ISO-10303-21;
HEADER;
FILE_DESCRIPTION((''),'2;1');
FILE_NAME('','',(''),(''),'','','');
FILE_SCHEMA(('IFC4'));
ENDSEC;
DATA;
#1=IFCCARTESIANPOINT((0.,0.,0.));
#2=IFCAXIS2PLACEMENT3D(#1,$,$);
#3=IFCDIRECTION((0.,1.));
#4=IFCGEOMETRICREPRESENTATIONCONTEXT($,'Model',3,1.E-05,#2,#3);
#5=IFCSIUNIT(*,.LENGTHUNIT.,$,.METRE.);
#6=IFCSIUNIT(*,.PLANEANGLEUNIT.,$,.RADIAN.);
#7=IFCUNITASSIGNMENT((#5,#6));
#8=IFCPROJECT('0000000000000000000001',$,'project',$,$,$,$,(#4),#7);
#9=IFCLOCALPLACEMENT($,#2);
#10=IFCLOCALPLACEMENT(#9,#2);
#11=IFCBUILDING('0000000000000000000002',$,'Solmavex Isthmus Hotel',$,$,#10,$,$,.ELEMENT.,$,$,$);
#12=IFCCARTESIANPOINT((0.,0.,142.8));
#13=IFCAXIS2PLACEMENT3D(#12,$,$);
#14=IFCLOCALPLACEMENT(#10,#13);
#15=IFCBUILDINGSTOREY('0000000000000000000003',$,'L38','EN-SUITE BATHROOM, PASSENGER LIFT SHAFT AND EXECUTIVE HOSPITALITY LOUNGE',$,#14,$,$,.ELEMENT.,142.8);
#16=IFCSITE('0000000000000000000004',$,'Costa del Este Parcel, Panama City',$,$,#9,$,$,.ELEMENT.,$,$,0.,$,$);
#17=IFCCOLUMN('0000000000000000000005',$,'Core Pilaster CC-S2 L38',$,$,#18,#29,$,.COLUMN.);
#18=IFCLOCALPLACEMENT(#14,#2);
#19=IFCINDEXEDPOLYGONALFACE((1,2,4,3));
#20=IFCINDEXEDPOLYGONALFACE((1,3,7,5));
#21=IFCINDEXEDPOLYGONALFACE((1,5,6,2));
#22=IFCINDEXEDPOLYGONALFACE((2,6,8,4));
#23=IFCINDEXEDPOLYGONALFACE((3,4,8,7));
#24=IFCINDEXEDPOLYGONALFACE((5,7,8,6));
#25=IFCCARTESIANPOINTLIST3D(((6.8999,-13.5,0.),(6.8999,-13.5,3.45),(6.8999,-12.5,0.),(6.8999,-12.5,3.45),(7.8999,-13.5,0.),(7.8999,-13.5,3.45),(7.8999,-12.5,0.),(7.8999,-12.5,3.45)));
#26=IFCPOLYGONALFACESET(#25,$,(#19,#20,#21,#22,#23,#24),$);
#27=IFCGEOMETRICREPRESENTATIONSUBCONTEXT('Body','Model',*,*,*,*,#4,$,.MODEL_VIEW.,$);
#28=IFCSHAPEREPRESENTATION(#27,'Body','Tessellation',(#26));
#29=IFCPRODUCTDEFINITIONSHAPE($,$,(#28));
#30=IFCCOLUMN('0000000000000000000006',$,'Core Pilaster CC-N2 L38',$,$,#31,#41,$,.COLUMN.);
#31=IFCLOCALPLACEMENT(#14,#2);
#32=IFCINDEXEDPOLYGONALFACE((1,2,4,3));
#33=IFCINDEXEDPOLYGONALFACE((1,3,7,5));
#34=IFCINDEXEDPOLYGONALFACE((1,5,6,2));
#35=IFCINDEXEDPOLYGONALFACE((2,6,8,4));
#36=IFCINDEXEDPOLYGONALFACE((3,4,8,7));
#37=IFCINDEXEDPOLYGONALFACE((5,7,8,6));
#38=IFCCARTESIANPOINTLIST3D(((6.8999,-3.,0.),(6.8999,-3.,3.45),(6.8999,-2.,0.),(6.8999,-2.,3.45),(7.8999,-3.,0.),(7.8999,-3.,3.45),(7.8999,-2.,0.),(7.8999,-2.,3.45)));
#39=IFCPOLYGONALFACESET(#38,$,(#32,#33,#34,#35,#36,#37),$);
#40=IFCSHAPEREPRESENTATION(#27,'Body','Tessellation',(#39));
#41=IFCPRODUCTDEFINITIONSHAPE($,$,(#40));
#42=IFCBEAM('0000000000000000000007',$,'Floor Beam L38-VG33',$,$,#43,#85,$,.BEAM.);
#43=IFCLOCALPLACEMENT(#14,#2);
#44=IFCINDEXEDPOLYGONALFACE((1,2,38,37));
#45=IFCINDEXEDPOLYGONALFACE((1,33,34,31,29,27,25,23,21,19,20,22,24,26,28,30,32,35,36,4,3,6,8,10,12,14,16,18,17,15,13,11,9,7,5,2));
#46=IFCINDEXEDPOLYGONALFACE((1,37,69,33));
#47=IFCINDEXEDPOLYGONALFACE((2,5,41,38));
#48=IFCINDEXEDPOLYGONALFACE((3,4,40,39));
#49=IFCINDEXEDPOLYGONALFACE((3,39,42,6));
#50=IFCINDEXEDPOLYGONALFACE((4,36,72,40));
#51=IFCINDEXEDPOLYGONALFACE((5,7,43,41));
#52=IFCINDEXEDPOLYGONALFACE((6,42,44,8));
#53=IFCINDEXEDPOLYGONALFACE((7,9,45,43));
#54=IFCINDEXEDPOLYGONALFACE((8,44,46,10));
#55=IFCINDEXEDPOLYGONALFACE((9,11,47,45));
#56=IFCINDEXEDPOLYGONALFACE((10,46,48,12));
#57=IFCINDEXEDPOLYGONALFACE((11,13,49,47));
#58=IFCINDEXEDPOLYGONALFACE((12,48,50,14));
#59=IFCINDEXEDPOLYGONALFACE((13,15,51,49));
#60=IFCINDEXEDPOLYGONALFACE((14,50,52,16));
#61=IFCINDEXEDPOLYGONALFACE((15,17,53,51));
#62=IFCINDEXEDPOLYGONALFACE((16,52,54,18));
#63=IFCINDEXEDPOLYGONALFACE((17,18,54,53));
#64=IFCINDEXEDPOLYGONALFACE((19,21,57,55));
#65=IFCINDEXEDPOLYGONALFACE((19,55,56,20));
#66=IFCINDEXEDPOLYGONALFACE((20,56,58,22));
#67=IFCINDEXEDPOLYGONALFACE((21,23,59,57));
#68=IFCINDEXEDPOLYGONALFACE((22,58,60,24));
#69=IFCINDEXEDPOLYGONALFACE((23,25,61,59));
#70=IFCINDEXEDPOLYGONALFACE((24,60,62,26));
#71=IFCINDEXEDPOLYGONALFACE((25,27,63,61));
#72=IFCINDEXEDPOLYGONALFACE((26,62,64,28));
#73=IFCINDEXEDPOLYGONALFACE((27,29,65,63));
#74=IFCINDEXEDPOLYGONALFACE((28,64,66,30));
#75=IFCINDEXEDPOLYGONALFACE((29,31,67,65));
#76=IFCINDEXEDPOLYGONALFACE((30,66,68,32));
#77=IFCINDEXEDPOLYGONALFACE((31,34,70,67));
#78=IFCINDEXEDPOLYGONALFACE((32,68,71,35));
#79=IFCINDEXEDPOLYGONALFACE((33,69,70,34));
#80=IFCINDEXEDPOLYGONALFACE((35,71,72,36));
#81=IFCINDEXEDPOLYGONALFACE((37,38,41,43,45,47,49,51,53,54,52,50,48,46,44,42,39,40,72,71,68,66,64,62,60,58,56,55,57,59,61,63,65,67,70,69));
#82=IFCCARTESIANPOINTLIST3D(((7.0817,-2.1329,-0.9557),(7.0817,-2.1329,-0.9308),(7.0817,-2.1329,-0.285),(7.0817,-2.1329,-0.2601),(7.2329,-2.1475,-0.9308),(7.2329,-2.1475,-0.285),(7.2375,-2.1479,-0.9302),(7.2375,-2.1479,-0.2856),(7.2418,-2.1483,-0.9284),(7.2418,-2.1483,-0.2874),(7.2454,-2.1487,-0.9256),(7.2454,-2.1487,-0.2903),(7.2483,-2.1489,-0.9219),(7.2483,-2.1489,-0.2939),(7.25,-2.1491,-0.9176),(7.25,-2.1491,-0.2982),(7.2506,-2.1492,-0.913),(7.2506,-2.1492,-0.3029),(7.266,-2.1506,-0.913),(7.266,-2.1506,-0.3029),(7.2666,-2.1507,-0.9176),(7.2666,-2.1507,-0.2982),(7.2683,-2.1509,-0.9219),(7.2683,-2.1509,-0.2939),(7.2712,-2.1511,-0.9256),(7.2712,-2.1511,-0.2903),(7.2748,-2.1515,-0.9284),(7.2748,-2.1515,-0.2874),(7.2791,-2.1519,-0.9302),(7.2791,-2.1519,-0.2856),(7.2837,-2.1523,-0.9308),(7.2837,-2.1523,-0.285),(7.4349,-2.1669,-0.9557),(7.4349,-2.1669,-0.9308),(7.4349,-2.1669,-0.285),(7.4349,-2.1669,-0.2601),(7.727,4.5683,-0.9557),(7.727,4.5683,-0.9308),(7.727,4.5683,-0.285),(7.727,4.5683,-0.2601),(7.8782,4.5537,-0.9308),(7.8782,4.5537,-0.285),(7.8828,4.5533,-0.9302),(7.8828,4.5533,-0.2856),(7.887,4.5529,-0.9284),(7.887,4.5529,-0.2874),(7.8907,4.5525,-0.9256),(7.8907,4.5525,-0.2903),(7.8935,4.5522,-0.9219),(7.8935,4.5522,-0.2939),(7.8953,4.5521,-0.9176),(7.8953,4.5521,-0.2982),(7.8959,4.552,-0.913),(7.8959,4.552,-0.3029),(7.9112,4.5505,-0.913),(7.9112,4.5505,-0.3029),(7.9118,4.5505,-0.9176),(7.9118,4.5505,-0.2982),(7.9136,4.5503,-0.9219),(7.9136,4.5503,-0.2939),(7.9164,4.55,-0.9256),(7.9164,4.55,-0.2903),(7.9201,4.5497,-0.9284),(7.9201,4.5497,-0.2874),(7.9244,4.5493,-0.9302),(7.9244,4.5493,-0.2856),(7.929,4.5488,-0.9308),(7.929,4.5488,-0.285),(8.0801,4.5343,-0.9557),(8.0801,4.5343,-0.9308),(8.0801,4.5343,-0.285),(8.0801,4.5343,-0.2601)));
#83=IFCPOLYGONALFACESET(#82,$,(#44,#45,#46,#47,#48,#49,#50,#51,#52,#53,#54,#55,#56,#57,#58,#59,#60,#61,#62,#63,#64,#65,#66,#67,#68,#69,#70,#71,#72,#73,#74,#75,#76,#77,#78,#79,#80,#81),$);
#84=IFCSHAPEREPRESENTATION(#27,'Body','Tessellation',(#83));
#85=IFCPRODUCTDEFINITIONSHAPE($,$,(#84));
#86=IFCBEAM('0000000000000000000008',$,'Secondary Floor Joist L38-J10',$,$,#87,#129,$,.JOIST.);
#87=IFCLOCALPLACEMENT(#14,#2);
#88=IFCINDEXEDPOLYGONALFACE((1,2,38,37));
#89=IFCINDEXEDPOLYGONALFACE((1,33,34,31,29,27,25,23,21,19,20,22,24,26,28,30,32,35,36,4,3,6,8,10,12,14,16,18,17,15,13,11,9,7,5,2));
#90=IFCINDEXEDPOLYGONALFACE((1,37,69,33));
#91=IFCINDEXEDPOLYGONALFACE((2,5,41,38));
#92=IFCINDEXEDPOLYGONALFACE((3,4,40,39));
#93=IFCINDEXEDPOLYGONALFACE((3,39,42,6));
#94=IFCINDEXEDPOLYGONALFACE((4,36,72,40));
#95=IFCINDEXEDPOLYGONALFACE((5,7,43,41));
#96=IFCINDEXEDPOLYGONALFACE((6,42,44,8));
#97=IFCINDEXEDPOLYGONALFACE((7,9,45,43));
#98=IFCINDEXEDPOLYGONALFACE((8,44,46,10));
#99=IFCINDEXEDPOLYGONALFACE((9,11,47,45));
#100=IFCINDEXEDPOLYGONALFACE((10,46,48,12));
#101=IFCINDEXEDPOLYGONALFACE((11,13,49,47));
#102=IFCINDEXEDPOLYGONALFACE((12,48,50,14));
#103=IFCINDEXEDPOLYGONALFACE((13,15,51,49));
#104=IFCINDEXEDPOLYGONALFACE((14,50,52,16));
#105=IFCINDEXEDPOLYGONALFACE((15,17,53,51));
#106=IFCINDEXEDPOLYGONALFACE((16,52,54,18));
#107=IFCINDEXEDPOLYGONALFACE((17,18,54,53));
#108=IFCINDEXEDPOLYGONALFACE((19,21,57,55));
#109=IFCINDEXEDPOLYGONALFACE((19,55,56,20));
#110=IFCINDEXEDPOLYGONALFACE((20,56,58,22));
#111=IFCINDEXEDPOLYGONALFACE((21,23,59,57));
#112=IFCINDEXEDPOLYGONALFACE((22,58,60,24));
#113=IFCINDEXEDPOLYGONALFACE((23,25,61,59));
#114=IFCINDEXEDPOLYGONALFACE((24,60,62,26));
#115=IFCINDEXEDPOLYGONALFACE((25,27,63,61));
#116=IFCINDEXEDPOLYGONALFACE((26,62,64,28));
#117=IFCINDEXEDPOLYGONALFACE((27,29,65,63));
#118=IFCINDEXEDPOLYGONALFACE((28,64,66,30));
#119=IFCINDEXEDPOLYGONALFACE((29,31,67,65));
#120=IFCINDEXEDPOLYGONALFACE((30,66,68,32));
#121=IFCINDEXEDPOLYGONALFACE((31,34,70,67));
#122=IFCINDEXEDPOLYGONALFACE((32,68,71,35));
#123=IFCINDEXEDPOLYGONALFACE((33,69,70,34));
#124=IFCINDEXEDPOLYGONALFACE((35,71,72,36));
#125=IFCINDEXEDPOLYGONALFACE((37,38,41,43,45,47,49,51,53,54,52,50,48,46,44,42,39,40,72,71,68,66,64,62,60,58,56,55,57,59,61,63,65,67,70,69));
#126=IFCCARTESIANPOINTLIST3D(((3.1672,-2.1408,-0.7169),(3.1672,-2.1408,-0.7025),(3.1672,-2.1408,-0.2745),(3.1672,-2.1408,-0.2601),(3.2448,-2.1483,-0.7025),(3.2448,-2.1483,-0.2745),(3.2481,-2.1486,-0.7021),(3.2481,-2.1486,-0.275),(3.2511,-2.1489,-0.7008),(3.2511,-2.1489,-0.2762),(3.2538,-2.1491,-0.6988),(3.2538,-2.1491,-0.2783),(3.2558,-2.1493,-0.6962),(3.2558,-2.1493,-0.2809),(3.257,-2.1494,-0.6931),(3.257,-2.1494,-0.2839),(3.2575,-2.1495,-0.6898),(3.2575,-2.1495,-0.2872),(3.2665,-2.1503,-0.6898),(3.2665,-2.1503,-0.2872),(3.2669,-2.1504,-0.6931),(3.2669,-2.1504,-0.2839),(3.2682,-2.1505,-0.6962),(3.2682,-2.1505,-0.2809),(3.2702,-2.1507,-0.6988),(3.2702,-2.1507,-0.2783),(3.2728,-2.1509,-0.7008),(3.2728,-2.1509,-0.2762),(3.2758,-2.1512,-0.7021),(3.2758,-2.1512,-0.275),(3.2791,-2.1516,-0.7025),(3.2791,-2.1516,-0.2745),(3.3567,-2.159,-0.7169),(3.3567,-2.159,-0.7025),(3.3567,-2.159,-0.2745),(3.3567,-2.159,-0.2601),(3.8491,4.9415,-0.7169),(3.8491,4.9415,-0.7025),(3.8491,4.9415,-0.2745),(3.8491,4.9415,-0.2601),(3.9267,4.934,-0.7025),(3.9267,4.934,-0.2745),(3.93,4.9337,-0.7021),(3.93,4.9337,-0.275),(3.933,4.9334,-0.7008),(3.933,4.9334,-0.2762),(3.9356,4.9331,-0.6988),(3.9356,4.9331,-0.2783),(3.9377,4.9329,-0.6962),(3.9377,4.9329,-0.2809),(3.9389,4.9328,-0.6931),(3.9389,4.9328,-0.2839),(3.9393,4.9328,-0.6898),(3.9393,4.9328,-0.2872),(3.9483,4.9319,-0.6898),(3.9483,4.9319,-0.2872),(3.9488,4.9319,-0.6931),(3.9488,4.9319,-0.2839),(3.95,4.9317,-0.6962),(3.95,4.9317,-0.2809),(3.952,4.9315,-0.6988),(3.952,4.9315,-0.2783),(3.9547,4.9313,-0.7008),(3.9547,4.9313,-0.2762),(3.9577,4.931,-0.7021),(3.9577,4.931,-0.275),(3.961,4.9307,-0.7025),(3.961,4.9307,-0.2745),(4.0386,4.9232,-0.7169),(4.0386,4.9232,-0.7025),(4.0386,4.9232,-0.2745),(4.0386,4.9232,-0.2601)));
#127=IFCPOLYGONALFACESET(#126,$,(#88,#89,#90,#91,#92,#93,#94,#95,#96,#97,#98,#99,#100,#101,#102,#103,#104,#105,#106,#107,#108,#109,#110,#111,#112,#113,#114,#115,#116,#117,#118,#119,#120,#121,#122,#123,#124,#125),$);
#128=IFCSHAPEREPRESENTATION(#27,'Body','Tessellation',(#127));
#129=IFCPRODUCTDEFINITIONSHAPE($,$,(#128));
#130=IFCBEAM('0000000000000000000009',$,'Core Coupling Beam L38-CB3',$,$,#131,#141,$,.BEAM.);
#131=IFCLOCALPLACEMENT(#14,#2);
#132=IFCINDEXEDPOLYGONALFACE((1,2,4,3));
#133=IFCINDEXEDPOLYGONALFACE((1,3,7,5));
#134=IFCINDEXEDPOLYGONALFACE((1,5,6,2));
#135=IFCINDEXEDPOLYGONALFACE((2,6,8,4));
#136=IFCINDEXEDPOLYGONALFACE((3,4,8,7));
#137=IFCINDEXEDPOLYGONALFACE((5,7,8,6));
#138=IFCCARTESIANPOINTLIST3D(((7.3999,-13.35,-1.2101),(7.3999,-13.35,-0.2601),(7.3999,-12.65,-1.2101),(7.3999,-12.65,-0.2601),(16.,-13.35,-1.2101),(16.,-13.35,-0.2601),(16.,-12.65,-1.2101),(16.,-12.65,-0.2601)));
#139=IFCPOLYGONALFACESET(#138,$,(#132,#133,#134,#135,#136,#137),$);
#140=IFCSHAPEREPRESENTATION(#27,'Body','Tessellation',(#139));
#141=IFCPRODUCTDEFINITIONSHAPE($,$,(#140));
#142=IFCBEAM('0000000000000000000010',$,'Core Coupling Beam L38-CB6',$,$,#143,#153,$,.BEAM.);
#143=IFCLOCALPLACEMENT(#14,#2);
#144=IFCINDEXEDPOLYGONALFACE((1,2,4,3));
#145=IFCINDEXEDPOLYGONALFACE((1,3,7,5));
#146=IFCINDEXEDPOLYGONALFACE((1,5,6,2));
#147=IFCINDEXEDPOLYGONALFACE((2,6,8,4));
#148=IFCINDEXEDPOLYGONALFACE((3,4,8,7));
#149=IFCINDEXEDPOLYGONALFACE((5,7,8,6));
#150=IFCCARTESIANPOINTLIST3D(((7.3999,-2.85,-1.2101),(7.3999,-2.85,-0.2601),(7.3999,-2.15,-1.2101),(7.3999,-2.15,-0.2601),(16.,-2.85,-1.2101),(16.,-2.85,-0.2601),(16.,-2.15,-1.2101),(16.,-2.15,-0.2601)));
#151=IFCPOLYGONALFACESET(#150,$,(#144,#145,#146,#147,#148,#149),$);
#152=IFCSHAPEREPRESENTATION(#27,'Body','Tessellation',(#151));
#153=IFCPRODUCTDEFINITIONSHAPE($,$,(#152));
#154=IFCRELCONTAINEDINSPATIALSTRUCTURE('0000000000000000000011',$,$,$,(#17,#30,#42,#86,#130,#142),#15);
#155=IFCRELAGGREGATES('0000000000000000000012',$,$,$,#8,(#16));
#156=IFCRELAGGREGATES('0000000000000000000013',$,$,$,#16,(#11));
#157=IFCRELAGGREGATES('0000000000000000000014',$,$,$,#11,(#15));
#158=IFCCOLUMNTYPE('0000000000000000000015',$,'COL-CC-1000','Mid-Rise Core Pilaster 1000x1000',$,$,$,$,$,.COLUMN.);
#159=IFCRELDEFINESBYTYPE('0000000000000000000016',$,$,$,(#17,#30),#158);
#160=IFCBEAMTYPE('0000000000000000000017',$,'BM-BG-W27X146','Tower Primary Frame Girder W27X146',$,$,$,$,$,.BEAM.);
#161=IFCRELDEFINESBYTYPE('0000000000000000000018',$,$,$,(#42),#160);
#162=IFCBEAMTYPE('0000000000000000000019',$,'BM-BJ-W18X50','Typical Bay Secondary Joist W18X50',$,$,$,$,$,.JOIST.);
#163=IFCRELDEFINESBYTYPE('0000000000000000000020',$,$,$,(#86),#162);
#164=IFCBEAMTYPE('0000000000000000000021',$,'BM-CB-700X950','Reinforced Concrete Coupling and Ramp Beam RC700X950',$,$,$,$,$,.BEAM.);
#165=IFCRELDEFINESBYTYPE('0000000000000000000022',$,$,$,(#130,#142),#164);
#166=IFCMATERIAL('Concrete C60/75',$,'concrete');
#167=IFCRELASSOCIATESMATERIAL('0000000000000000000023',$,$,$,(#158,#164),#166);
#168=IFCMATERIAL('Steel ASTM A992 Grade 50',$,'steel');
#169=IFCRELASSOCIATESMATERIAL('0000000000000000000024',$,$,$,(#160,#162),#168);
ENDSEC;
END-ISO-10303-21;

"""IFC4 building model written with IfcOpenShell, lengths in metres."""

from ifc_helpers import new_model, si_unit, direction, frame, origin, origin_2d, place, context, subcontext, project, spatial, rectangle, i_section, extrude, material, material_profile, profile_set, type_object, element, save


model = new_model("IFC4")

# Units and contexts
model_context = context("Model", 3, precision=1e-05, world=origin(), true_north=direction((0.0, 1.0)))
body_context = subcontext(model_context, "Body", "Model", "MODEL_VIEW")
ifc_project = project(units=[si_unit("LENGTHUNIT", "METRE"), si_unit("PLANEANGLEUNIT", "RADIAN")], contexts=[model_context])

# Site, building, storey
site_placement = place(None, origin())
site = spatial("IfcSite", under=ifc_project, at=site_placement, Name="Costa del Este Parcel, Panama City", CompositionType="ELEMENT", RefElevation=0.0)
building_placement = place(site_placement, origin())
building = spatial("IfcBuilding", under=site, at=building_placement, Name="Solmavex Isthmus Hotel", CompositionType="ELEMENT")
storey_placement = place(building_placement, frame((0.0, 0.0, 142.8)))
storey = spatial("IfcBuildingStorey", under=building, at=storey_placement, Name="L38", Description="EN-SUITE BATHROOM, PASSENGER LIFT SHAFT AND EXECUTIVE HOSPITALITY LOUNGE", CompositionType="ELEMENT", Elevation=142.8)

# Columns
ifc_material_1 = material(Name="Concrete C60/75", Category="concrete")
ifc_material_profile_1 = material_profile(ifc_material_1, rectangle(XDim=1.0, YDim=1.0, at=origin_2d()), Name="RC1000X1000")
ifc_profile_set_1 = profile_set([ifc_material_profile_1], Name="Concrete C60/75")
column_type = type_object("IfcColumnType", Name="COL-CC-1000", Description="Mid-Rise Core Pilaster 1000x1000", PredefinedType="COLUMN", material=ifc_profile_set_1)
for number, where, z_axis, x_axis, name in (
    (1, (7.3999, -13.0, 0.0), (0.0, 0.0, 1.0), (1.0, 0.0, 0.0), "Core Pilaster CC-S2 L38"),
    (2, (7.3999, -2.5, 0.0), (0.0, 0.0, 1.0), (1.0, 0.0, 0.0), "Core Pilaster CC-N2 L38"),
):
    element("IfcColumn", number, at=place(storey_placement, frame(where, z_axis=z_axis, x_axis=x_axis)), inside=storey, type_object=column_type, Name=name, PredefinedType="COLUMN", context=body_context, shape_type="SweptSolid", body=[
        extrude(rectangle(XDim=1.0, YDim=1.0, at=origin_2d()), origin(), (0.0, 0.0, 1.0), 3.45),
    ])

# Beams
ifc_material_2 = material(Name="Steel ASTM A992 Grade 50", Category="steel")
ifc_material_profile_2 = material_profile(ifc_material_2, i_section(OverallWidth=0.3547, OverallDepth=0.6956, WebThickness=0.0154, FlangeThickness=0.0249, FilletRadius=0.0178, at=origin_2d()), Name="W27X146")
ifc_profile_set_2 = profile_set([ifc_material_profile_2], Name="Steel ASTM A992 Grade 50")
beam_type_1 = type_object("IfcBeamType", Name="BM-BG-W27X146", Description="Tower Primary Frame Girder W27X146", PredefinedType="BEAM", material=ifc_profile_set_2)
beam_1_placement = place(storey_placement, frame((7.2583, -2.1499, -0.6079), z_axis=(0.095848, 0.995396, 0.0), x_axis=(-0.995396, 0.095848, 0.0)))
element("IfcBeam", 3, at=beam_1_placement, inside=storey, type_object=beam_type_1, Name="Floor Beam L38-VG33", PredefinedType="BEAM", context=body_context, shape_type="SweptSolid", body=[
    extrude(i_section(OverallWidth=0.3547, OverallDepth=0.6956, WebThickness=0.0154, FlangeThickness=0.0249, FilletRadius=0.0178, at=origin_2d()), origin(), (0.0, 0.0, 1.0), 6.7322),
])
ifc_material_profile_3 = material_profile(ifc_material_2, i_section(OverallWidth=0.1904, OverallDepth=0.4568, WebThickness=0.009, FlangeThickness=0.0144, FilletRadius=0.0127, at=origin_2d()), Name="W18X50")
ifc_profile_set_3 = profile_set([ifc_material_profile_3], Name="Steel ASTM A992 Grade 50")
beam_type_2 = type_object("IfcBeamType", Name="BM-BJ-W18X50", Description="Typical Bay Secondary Joist W18X50", PredefinedType="JOIST", material=ifc_profile_set_3)
beam_2_placement = place(storey_placement, frame((3.262, -2.1499, -0.4885), z_axis=(0.095837, 0.995397, 0.0), x_axis=(-0.995397, 0.095837, 0.0)))
element("IfcBeam", 4, at=beam_2_placement, inside=storey, type_object=beam_type_2, Name="Secondary Floor Joist L38-J10", PredefinedType="JOIST", context=body_context, shape_type="SweptSolid", body=[
    extrude(i_section(OverallWidth=0.1904, OverallDepth=0.4568, WebThickness=0.009, FlangeThickness=0.0144, FilletRadius=0.0127, at=origin_2d()), origin(), (0.0, 0.0, 1.0), 7.115),
])
ifc_material_profile_4 = material_profile(ifc_material_1, rectangle(XDim=0.7, YDim=0.95, at=origin_2d()), Name="RC700X950")
ifc_profile_set_4 = profile_set([ifc_material_profile_4], Name="Concrete C60/75")
beam_type_3 = type_object("IfcBeamType", Name="BM-CB-700X950", Description="Reinforced Concrete Coupling and Ramp Beam RC700X950", PredefinedType="BEAM", material=ifc_profile_set_4)
for number, where, z_axis, x_axis, name in (
    (5, (7.3999, -13.0, -0.7351), (1.0, 0.0, 0.0), (0.0, 1.0, 0.0), "Core Coupling Beam L38-CB3"),
    (6, (7.3999, -2.5, -0.7351), (1.0, 0.0, 0.0), (0.0, 1.0, 0.0), "Core Coupling Beam L38-CB6"),
):
    element("IfcBeam", number, at=place(storey_placement, frame(where, z_axis=z_axis, x_axis=x_axis)), inside=storey, type_object=beam_type_3, Name=name, PredefinedType="BEAM", context=body_context, shape_type="SweptSolid", body=[
        extrude(rectangle(XDim=0.7, YDim=0.95, at=origin_2d()), origin(), (0.0, 0.0, 1.0), 8.6001),
    ])

save(model, "model.ifc")
